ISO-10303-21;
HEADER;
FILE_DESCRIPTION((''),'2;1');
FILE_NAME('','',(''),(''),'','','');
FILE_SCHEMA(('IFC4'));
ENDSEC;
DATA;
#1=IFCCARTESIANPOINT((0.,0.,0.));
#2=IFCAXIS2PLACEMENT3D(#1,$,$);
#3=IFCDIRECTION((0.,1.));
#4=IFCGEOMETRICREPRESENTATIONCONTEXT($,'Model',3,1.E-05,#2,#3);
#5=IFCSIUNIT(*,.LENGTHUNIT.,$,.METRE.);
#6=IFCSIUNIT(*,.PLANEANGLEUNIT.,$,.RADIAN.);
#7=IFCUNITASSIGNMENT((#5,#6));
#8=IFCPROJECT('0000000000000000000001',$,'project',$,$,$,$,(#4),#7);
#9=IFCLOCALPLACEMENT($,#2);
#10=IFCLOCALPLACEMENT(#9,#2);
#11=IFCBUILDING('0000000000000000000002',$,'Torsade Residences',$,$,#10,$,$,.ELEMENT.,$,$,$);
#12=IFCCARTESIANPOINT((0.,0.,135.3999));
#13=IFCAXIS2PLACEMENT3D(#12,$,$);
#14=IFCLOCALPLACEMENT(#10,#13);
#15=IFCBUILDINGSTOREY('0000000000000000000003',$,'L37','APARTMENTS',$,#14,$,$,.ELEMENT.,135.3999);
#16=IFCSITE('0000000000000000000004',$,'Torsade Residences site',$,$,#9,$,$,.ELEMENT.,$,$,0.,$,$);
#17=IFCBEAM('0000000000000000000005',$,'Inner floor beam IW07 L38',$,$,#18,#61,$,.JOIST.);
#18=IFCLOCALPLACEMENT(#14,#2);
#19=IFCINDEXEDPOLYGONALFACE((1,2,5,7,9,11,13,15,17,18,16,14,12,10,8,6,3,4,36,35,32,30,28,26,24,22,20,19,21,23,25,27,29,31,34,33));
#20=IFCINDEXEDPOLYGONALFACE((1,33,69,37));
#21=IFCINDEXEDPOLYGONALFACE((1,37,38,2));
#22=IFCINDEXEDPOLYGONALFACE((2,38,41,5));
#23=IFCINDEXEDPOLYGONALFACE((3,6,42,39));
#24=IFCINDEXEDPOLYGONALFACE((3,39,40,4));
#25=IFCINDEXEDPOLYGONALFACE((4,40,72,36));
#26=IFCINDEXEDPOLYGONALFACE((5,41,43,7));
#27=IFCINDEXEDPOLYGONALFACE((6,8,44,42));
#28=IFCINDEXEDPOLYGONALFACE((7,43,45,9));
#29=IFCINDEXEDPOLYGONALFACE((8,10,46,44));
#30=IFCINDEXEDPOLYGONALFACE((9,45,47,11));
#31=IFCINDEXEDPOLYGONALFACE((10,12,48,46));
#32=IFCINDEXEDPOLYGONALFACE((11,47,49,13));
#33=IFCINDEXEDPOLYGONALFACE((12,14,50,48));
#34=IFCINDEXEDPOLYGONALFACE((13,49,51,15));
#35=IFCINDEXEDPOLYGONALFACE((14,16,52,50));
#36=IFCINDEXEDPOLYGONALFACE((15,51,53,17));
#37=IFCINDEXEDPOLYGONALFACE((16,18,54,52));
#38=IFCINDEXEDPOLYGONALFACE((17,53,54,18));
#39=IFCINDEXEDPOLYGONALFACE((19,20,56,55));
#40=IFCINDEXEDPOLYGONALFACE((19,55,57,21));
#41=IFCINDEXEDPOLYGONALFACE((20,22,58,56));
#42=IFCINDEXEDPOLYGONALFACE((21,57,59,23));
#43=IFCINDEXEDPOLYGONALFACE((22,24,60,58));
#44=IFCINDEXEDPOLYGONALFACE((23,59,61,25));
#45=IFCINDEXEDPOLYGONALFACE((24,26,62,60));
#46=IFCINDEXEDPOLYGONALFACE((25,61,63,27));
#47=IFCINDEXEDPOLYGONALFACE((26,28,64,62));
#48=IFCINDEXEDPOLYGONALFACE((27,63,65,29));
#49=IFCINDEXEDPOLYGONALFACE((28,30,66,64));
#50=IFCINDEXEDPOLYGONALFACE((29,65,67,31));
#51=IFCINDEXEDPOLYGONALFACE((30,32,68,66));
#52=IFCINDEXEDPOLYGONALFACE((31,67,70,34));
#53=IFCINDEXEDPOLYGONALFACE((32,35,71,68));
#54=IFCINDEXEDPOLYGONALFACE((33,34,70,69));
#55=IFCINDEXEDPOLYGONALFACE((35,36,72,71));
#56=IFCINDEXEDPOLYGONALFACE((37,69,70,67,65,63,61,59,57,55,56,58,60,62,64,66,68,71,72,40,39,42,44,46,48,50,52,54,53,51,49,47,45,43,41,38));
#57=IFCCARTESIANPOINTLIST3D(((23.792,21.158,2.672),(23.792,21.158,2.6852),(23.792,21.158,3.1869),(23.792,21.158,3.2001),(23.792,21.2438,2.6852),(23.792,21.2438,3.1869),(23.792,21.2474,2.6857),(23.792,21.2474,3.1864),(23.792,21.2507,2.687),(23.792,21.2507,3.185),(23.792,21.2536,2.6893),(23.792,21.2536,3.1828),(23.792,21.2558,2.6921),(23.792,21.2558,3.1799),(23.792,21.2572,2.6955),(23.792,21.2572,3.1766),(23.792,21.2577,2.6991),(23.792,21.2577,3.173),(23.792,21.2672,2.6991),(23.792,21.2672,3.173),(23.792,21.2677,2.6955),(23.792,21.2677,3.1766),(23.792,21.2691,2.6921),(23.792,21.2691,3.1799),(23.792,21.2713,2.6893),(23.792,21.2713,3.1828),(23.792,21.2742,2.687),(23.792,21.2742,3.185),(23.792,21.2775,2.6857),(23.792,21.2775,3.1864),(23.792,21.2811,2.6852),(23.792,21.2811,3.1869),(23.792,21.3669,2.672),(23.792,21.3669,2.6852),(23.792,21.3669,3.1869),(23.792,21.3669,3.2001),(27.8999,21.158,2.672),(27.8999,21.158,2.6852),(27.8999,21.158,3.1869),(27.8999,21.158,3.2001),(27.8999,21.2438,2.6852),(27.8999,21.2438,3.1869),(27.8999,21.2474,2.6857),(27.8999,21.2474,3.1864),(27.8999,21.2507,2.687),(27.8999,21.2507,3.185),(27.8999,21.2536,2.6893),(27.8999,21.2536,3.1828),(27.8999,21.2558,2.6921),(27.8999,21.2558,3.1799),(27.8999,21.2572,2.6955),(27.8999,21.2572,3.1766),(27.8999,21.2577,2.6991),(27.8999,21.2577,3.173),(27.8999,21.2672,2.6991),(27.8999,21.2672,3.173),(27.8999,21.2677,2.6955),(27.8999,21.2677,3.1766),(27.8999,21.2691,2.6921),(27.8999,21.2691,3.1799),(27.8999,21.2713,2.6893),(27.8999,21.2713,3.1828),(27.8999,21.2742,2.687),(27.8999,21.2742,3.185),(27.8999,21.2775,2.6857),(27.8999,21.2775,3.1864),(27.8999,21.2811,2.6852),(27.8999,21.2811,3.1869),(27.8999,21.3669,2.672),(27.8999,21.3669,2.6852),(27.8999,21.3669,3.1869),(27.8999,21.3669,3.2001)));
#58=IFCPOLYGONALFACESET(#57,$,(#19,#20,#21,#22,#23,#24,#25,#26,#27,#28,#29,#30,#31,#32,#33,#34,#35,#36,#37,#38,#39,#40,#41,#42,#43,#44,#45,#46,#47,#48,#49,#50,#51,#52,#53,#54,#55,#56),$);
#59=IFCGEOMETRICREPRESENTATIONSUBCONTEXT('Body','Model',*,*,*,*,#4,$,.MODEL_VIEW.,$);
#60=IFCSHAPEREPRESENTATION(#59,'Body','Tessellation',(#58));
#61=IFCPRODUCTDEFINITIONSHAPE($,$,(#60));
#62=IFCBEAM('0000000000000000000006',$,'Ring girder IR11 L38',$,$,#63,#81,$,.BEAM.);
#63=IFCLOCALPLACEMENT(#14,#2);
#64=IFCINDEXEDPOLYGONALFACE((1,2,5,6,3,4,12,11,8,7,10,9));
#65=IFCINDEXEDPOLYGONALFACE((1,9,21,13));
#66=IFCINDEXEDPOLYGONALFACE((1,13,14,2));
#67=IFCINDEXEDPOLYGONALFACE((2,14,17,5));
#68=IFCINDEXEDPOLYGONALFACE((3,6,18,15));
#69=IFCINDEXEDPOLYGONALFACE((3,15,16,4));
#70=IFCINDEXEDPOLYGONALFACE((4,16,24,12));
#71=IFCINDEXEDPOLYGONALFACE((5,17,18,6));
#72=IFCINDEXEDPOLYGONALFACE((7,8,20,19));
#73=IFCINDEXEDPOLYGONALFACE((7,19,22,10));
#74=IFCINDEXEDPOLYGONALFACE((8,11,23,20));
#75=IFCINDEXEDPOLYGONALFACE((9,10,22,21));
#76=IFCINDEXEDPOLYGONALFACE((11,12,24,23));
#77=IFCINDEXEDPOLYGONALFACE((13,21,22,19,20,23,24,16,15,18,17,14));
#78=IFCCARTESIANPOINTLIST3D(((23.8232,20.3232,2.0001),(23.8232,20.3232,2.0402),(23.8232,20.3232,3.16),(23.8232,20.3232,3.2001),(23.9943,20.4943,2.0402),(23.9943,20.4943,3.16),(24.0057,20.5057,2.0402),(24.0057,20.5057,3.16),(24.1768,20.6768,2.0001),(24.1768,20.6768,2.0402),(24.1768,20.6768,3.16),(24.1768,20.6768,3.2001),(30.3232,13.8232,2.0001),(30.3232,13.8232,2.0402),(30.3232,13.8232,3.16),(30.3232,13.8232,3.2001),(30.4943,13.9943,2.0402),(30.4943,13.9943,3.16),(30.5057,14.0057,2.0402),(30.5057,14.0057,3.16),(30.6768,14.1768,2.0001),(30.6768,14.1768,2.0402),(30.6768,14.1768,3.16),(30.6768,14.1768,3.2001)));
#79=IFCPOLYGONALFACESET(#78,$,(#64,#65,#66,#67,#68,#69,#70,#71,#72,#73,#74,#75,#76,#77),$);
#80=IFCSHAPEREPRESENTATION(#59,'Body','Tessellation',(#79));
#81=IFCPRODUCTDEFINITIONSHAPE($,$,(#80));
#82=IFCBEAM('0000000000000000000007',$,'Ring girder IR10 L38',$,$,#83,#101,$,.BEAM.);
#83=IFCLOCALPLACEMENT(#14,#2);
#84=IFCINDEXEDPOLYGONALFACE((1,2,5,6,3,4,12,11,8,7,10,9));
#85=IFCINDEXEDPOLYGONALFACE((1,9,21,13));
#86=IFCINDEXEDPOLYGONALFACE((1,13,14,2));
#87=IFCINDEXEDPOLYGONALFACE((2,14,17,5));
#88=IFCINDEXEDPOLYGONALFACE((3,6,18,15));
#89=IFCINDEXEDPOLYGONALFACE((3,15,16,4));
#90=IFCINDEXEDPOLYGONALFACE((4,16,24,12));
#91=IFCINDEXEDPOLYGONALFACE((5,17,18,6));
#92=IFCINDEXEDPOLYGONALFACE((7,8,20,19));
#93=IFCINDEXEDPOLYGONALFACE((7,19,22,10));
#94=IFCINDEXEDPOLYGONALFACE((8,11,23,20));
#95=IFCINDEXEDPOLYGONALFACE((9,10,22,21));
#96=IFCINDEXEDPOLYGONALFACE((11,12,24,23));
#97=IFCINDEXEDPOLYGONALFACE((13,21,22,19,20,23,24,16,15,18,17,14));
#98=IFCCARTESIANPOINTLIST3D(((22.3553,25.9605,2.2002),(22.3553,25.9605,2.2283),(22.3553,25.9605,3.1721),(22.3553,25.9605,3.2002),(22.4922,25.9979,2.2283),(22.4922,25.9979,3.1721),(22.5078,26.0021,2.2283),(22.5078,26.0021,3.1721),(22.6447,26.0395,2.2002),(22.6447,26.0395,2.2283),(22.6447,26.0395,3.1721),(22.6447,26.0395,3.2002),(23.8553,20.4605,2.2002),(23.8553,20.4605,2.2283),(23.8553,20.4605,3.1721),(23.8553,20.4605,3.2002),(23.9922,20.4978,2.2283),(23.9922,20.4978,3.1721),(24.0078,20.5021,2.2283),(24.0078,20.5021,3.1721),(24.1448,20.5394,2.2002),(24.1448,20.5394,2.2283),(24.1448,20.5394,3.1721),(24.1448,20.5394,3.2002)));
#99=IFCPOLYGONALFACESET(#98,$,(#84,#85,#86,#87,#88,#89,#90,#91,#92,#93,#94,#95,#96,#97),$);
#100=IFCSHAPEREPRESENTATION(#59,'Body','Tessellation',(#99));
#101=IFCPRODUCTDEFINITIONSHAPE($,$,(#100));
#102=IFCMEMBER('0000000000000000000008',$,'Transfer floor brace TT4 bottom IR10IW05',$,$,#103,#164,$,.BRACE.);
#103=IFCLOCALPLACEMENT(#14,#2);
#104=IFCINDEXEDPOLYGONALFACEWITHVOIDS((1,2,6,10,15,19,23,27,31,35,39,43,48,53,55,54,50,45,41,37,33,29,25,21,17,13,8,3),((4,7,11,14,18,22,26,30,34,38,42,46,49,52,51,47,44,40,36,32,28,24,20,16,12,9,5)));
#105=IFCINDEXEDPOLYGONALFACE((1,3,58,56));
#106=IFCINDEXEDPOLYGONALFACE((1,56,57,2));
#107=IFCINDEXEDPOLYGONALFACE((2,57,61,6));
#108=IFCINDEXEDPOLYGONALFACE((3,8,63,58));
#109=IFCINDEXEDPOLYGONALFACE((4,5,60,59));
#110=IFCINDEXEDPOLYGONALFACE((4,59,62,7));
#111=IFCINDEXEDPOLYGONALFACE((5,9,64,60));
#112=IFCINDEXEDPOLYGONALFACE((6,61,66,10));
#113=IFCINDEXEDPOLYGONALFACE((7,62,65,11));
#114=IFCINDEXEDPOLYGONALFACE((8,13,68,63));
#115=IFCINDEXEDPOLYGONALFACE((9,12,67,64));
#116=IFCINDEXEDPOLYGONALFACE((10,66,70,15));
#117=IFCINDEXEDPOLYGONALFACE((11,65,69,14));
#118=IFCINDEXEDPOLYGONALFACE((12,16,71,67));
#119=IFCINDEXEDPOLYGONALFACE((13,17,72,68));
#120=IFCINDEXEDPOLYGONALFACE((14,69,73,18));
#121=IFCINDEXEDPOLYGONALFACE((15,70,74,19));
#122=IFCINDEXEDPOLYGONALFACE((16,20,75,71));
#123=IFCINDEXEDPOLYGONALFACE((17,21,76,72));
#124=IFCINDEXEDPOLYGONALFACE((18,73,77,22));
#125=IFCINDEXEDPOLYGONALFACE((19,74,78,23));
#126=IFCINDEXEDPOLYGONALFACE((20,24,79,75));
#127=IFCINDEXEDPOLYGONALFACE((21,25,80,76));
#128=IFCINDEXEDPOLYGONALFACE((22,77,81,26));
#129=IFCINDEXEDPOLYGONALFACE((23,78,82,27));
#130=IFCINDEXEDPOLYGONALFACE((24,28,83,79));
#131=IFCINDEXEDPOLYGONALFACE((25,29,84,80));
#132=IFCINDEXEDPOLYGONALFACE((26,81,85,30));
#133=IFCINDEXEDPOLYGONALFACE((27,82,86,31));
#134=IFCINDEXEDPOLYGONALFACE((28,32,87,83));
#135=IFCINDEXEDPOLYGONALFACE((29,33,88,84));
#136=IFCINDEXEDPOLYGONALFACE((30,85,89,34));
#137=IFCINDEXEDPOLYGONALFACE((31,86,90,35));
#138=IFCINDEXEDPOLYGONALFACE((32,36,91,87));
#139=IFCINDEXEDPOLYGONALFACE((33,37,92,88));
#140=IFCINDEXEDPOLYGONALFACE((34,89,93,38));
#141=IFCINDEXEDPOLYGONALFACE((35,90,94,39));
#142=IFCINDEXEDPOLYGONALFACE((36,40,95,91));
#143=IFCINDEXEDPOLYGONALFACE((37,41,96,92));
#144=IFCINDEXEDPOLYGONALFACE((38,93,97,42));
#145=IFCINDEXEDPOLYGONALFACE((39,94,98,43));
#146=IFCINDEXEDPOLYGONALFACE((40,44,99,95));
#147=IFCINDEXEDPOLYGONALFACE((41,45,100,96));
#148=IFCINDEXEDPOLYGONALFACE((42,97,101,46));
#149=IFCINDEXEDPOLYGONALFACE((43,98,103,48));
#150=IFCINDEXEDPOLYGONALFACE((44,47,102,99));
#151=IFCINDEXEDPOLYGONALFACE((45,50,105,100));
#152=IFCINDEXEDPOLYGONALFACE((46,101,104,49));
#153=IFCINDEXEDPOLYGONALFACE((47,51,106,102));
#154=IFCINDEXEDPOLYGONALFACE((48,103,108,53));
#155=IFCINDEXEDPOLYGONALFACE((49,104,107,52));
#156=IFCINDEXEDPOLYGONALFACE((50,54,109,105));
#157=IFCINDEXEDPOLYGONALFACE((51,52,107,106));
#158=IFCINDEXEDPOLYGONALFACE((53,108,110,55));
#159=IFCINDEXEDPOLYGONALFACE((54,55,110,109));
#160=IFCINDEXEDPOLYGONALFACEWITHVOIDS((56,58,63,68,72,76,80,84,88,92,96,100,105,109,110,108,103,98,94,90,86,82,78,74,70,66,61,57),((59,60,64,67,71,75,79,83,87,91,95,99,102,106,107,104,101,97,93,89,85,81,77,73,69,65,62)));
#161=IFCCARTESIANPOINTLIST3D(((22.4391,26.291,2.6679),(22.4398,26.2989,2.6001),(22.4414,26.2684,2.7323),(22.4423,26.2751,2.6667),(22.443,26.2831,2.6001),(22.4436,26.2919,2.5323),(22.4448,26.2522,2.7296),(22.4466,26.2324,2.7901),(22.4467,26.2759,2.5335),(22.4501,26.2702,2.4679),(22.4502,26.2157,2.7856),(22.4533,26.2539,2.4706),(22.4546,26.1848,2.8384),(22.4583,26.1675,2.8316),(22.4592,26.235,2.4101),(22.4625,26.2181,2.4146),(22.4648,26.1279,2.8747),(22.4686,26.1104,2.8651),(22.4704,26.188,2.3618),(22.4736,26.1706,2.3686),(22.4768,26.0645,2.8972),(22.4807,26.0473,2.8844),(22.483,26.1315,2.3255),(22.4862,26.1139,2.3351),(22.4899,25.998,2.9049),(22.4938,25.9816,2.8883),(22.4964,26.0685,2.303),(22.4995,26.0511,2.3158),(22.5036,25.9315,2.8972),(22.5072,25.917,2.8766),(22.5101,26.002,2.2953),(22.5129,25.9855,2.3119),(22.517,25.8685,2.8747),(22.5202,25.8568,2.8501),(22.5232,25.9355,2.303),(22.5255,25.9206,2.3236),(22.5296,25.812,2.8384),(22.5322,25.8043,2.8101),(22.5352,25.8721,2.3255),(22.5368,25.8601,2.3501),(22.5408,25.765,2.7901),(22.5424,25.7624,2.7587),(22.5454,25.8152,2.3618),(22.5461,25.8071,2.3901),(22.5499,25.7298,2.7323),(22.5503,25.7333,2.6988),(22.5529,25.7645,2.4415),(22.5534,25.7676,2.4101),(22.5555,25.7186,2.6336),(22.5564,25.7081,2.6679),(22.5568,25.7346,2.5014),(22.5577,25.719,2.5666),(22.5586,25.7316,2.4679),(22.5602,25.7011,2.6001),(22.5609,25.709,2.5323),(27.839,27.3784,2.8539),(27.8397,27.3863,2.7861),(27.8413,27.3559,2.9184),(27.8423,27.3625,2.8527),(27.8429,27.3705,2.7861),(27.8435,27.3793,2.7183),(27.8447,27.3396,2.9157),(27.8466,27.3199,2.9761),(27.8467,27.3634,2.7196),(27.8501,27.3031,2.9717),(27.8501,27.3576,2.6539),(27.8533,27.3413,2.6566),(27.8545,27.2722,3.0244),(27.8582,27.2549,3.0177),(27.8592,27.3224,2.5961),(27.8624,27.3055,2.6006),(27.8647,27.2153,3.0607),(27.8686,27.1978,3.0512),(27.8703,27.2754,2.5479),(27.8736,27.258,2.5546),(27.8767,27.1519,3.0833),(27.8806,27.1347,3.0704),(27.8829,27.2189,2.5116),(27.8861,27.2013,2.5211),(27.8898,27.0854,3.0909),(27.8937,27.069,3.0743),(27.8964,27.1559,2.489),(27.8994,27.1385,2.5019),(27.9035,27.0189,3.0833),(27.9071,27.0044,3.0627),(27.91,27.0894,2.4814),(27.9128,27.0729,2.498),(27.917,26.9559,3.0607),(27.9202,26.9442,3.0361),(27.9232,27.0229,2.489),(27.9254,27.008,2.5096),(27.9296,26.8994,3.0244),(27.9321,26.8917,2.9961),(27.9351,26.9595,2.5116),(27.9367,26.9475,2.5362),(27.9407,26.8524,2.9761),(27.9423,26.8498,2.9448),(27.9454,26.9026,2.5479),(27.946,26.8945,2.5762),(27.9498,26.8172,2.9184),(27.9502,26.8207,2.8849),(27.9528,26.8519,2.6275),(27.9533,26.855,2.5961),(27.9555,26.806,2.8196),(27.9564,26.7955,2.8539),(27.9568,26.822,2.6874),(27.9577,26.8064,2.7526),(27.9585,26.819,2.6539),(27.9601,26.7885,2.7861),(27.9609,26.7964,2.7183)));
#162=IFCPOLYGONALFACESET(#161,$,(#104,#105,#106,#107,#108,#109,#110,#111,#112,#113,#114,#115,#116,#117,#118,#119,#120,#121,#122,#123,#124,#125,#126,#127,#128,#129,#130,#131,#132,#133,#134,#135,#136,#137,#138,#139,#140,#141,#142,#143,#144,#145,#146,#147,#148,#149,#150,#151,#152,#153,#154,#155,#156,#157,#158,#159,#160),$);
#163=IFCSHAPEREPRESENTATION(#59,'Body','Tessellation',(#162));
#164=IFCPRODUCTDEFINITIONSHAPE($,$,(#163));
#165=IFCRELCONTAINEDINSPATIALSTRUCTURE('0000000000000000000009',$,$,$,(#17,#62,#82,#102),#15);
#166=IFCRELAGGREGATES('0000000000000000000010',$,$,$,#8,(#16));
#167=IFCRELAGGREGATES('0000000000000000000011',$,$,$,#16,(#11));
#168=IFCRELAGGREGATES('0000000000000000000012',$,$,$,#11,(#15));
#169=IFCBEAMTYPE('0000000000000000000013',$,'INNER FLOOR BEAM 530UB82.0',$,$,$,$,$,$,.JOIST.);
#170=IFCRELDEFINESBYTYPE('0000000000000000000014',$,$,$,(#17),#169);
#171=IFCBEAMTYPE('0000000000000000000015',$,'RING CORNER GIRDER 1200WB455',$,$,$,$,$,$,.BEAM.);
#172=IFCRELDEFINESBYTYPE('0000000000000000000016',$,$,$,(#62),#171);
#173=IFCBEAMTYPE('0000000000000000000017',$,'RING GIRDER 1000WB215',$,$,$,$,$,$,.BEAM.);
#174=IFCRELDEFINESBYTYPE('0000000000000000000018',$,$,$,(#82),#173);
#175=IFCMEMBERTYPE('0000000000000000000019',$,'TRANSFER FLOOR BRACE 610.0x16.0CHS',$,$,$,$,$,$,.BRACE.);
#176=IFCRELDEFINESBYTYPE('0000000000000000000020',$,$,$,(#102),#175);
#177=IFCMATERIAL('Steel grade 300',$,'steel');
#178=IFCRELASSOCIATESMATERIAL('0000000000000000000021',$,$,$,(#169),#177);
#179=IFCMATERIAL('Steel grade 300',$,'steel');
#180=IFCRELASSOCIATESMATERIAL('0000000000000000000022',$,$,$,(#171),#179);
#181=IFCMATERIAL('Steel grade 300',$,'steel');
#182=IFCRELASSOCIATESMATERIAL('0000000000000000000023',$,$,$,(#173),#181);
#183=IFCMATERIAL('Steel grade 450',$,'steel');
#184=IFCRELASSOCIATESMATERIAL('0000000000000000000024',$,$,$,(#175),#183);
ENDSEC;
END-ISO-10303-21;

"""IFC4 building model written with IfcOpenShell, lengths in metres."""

from ifc_helpers import new_model, si_unit, direction, frame, origin, origin_2d, place, context, subcontext, project, spatial, hollow_circle, i_section, extrude, material, material_profile, profile_set, type_object, element, save


model = new_model("IFC4")

# Units and contexts
model_context = context("Model", 3, precision=1e-05, world=origin(), true_north=direction((0.0, 1.0)))
body_context = subcontext(model_context, "Body", "Model", "MODEL_VIEW")
ifc_project = project(units=[si_unit("LENGTHUNIT", "METRE"), si_unit("PLANEANGLEUNIT", "RADIAN")], contexts=[model_context])

# Site, building, storey
site_placement = place(None, origin())
site = spatial("IfcSite", under=ifc_project, at=site_placement, Name="Torsade Residences site", CompositionType="ELEMENT", RefElevation=0.0)
building_placement = place(site_placement, origin())
building = spatial("IfcBuilding", under=site, at=building_placement, Name="Torsade Residences", CompositionType="ELEMENT")
storey_placement = place(building_placement, frame((0.0, 0.0, 135.3999)))
storey = spatial("IfcBuildingStorey", under=building, at=storey_placement, Name="L37", Description="APARTMENTS", CompositionType="ELEMENT", Elevation=135.3999)

# Beams
ifc_material_1 = material(Name="Steel grade 300", Category="steel")
ifc_material_profile_1 = material_profile(ifc_material_1, i_section(OverallWidth=0.209, OverallDepth=0.5281, WebThickness=0.0095, FlangeThickness=0.0132, FilletRadius=0.0139, at=origin_2d()), Name="530UB82.0")
ifc_profile_set_1 = profile_set([ifc_material_profile_1], Name="Steel grade 300")
beam_type_1 = type_object("IfcBeamType", Name="INNER FLOOR BEAM 530UB82.0", PredefinedType="JOIST", material=ifc_profile_set_1)
beam_1_placement = place(storey_placement, frame((27.8999, 21.2625, 2.936), z_axis=(-1.0, 0.0, 0.0), x_axis=(0.0, -1.0, 0.0)))
element("IfcBeam", 1, at=beam_1_placement, inside=storey, type_object=beam_type_1, Name="Inner floor beam IW07 L38", PredefinedType="JOIST", context=body_context, shape_type="SweptSolid", body=[
    extrude(i_section(OverallWidth=0.209, OverallDepth=0.5281, WebThickness=0.0095, FlangeThickness=0.0132, FilletRadius=0.0139, at=origin_2d()), origin(), (0.0, 0.0, 1.0), 4.1079),
])
ifc_material_2 = material(Name="Steel grade 300", Category="steel")
ifc_material_profile_2 = material_profile(ifc_material_2, i_section(OverallWidth=0.5, OverallDepth=1.2, WebThickness=0.0161, FlangeThickness=0.04, at=origin_2d()), Name="1200WB455")
ifc_profile_set_2 = profile_set([ifc_material_profile_2], Name="Steel grade 300")
beam_type_2 = type_object("IfcBeamType", Name="RING CORNER GIRDER 1200WB455", PredefinedType="BEAM", material=ifc_profile_set_2)
beam_2_placement = place(storey_placement, frame((24.0, 20.5, 2.6001), z_axis=(0.707107, -0.707107, 0.0), x_axis=(0.707107, 0.707107, 0.0)))
element("IfcBeam", 2, at=beam_2_placement, inside=storey, type_object=beam_type_2, Name="Ring girder IR11 L38", PredefinedType="BEAM", context=body_context, shape_type="SweptSolid", body=[
    extrude(i_section(OverallWidth=0.5, OverallDepth=1.2, WebThickness=0.0161, FlangeThickness=0.04, at=origin_2d()), origin(), (0.0, 0.0, 1.0), 9.1924),
])
ifc_material_3 = material(Name="Steel grade 300", Category="steel")
ifc_material_profile_3 = material_profile(ifc_material_3, i_section(OverallWidth=0.3, OverallDepth=1.0, WebThickness=0.0161, FlangeThickness=0.0281, at=origin_2d()), Name="1000WB215")
ifc_profile_set_3 = profile_set([ifc_material_profile_3], Name="Steel grade 300")
beam_type_3 = type_object("IfcBeamType", Name="RING GIRDER 1000WB215", PredefinedType="BEAM", material=ifc_profile_set_3)
beam_3_placement = place(storey_placement, frame((22.5, 26.0, 2.7002), z_axis=(0.263117, -0.964764, 0.0), x_axis=(0.964764, 0.263117, 0.0)))
element("IfcBeam", 3, at=beam_3_placement, inside=storey, type_object=beam_type_3, Name="Ring girder IR10 L38", PredefinedType="BEAM", context=body_context, shape_type="SweptSolid", body=[
    extrude(i_section(OverallWidth=0.3, OverallDepth=1.0, WebThickness=0.0161, FlangeThickness=0.0281, at=origin_2d()), origin(), (0.0, 0.0, 1.0), 5.7009),
])

# Member
ifc_material_4 = material(Name="Steel grade 450", Category="steel")
ifc_material_profile_4 = material_profile(ifc_material_4, hollow_circle(Radius=0.3049, WallThickness=0.0161, at=origin_2d()), Name="610.0x16.0CHS")
ifc_profile_set_4 = profile_set([ifc_material_profile_4], Name="Steel grade 450")
member_type = type_object("IfcMemberType", Name="TRANSFER FLOOR BRACE 610.0x16.0CHS", PredefinedType="BRACE", material=ifc_profile_set_4)
member_1_placement = place(storey_placement, frame((22.5, 26.0, 2.6001), z_axis=(0.979762, 0.197299, 0.033754), x_axis=(-0.197412, 0.980321, 0.0)))
element("IfcMember", 4, at=member_1_placement, inside=storey, type_object=member_type, Name="Transfer floor brace TT4 bottom IR10IW05", PredefinedType="BRACE", context=body_context, shape_type="SweptSolid", body=[
    extrude(hollow_circle(Radius=0.3049, WallThickness=0.0161, at=origin_2d()), origin(), (0.0, 0.0, 1.0), 5.5115),
])

save(model, "model.ifc")
